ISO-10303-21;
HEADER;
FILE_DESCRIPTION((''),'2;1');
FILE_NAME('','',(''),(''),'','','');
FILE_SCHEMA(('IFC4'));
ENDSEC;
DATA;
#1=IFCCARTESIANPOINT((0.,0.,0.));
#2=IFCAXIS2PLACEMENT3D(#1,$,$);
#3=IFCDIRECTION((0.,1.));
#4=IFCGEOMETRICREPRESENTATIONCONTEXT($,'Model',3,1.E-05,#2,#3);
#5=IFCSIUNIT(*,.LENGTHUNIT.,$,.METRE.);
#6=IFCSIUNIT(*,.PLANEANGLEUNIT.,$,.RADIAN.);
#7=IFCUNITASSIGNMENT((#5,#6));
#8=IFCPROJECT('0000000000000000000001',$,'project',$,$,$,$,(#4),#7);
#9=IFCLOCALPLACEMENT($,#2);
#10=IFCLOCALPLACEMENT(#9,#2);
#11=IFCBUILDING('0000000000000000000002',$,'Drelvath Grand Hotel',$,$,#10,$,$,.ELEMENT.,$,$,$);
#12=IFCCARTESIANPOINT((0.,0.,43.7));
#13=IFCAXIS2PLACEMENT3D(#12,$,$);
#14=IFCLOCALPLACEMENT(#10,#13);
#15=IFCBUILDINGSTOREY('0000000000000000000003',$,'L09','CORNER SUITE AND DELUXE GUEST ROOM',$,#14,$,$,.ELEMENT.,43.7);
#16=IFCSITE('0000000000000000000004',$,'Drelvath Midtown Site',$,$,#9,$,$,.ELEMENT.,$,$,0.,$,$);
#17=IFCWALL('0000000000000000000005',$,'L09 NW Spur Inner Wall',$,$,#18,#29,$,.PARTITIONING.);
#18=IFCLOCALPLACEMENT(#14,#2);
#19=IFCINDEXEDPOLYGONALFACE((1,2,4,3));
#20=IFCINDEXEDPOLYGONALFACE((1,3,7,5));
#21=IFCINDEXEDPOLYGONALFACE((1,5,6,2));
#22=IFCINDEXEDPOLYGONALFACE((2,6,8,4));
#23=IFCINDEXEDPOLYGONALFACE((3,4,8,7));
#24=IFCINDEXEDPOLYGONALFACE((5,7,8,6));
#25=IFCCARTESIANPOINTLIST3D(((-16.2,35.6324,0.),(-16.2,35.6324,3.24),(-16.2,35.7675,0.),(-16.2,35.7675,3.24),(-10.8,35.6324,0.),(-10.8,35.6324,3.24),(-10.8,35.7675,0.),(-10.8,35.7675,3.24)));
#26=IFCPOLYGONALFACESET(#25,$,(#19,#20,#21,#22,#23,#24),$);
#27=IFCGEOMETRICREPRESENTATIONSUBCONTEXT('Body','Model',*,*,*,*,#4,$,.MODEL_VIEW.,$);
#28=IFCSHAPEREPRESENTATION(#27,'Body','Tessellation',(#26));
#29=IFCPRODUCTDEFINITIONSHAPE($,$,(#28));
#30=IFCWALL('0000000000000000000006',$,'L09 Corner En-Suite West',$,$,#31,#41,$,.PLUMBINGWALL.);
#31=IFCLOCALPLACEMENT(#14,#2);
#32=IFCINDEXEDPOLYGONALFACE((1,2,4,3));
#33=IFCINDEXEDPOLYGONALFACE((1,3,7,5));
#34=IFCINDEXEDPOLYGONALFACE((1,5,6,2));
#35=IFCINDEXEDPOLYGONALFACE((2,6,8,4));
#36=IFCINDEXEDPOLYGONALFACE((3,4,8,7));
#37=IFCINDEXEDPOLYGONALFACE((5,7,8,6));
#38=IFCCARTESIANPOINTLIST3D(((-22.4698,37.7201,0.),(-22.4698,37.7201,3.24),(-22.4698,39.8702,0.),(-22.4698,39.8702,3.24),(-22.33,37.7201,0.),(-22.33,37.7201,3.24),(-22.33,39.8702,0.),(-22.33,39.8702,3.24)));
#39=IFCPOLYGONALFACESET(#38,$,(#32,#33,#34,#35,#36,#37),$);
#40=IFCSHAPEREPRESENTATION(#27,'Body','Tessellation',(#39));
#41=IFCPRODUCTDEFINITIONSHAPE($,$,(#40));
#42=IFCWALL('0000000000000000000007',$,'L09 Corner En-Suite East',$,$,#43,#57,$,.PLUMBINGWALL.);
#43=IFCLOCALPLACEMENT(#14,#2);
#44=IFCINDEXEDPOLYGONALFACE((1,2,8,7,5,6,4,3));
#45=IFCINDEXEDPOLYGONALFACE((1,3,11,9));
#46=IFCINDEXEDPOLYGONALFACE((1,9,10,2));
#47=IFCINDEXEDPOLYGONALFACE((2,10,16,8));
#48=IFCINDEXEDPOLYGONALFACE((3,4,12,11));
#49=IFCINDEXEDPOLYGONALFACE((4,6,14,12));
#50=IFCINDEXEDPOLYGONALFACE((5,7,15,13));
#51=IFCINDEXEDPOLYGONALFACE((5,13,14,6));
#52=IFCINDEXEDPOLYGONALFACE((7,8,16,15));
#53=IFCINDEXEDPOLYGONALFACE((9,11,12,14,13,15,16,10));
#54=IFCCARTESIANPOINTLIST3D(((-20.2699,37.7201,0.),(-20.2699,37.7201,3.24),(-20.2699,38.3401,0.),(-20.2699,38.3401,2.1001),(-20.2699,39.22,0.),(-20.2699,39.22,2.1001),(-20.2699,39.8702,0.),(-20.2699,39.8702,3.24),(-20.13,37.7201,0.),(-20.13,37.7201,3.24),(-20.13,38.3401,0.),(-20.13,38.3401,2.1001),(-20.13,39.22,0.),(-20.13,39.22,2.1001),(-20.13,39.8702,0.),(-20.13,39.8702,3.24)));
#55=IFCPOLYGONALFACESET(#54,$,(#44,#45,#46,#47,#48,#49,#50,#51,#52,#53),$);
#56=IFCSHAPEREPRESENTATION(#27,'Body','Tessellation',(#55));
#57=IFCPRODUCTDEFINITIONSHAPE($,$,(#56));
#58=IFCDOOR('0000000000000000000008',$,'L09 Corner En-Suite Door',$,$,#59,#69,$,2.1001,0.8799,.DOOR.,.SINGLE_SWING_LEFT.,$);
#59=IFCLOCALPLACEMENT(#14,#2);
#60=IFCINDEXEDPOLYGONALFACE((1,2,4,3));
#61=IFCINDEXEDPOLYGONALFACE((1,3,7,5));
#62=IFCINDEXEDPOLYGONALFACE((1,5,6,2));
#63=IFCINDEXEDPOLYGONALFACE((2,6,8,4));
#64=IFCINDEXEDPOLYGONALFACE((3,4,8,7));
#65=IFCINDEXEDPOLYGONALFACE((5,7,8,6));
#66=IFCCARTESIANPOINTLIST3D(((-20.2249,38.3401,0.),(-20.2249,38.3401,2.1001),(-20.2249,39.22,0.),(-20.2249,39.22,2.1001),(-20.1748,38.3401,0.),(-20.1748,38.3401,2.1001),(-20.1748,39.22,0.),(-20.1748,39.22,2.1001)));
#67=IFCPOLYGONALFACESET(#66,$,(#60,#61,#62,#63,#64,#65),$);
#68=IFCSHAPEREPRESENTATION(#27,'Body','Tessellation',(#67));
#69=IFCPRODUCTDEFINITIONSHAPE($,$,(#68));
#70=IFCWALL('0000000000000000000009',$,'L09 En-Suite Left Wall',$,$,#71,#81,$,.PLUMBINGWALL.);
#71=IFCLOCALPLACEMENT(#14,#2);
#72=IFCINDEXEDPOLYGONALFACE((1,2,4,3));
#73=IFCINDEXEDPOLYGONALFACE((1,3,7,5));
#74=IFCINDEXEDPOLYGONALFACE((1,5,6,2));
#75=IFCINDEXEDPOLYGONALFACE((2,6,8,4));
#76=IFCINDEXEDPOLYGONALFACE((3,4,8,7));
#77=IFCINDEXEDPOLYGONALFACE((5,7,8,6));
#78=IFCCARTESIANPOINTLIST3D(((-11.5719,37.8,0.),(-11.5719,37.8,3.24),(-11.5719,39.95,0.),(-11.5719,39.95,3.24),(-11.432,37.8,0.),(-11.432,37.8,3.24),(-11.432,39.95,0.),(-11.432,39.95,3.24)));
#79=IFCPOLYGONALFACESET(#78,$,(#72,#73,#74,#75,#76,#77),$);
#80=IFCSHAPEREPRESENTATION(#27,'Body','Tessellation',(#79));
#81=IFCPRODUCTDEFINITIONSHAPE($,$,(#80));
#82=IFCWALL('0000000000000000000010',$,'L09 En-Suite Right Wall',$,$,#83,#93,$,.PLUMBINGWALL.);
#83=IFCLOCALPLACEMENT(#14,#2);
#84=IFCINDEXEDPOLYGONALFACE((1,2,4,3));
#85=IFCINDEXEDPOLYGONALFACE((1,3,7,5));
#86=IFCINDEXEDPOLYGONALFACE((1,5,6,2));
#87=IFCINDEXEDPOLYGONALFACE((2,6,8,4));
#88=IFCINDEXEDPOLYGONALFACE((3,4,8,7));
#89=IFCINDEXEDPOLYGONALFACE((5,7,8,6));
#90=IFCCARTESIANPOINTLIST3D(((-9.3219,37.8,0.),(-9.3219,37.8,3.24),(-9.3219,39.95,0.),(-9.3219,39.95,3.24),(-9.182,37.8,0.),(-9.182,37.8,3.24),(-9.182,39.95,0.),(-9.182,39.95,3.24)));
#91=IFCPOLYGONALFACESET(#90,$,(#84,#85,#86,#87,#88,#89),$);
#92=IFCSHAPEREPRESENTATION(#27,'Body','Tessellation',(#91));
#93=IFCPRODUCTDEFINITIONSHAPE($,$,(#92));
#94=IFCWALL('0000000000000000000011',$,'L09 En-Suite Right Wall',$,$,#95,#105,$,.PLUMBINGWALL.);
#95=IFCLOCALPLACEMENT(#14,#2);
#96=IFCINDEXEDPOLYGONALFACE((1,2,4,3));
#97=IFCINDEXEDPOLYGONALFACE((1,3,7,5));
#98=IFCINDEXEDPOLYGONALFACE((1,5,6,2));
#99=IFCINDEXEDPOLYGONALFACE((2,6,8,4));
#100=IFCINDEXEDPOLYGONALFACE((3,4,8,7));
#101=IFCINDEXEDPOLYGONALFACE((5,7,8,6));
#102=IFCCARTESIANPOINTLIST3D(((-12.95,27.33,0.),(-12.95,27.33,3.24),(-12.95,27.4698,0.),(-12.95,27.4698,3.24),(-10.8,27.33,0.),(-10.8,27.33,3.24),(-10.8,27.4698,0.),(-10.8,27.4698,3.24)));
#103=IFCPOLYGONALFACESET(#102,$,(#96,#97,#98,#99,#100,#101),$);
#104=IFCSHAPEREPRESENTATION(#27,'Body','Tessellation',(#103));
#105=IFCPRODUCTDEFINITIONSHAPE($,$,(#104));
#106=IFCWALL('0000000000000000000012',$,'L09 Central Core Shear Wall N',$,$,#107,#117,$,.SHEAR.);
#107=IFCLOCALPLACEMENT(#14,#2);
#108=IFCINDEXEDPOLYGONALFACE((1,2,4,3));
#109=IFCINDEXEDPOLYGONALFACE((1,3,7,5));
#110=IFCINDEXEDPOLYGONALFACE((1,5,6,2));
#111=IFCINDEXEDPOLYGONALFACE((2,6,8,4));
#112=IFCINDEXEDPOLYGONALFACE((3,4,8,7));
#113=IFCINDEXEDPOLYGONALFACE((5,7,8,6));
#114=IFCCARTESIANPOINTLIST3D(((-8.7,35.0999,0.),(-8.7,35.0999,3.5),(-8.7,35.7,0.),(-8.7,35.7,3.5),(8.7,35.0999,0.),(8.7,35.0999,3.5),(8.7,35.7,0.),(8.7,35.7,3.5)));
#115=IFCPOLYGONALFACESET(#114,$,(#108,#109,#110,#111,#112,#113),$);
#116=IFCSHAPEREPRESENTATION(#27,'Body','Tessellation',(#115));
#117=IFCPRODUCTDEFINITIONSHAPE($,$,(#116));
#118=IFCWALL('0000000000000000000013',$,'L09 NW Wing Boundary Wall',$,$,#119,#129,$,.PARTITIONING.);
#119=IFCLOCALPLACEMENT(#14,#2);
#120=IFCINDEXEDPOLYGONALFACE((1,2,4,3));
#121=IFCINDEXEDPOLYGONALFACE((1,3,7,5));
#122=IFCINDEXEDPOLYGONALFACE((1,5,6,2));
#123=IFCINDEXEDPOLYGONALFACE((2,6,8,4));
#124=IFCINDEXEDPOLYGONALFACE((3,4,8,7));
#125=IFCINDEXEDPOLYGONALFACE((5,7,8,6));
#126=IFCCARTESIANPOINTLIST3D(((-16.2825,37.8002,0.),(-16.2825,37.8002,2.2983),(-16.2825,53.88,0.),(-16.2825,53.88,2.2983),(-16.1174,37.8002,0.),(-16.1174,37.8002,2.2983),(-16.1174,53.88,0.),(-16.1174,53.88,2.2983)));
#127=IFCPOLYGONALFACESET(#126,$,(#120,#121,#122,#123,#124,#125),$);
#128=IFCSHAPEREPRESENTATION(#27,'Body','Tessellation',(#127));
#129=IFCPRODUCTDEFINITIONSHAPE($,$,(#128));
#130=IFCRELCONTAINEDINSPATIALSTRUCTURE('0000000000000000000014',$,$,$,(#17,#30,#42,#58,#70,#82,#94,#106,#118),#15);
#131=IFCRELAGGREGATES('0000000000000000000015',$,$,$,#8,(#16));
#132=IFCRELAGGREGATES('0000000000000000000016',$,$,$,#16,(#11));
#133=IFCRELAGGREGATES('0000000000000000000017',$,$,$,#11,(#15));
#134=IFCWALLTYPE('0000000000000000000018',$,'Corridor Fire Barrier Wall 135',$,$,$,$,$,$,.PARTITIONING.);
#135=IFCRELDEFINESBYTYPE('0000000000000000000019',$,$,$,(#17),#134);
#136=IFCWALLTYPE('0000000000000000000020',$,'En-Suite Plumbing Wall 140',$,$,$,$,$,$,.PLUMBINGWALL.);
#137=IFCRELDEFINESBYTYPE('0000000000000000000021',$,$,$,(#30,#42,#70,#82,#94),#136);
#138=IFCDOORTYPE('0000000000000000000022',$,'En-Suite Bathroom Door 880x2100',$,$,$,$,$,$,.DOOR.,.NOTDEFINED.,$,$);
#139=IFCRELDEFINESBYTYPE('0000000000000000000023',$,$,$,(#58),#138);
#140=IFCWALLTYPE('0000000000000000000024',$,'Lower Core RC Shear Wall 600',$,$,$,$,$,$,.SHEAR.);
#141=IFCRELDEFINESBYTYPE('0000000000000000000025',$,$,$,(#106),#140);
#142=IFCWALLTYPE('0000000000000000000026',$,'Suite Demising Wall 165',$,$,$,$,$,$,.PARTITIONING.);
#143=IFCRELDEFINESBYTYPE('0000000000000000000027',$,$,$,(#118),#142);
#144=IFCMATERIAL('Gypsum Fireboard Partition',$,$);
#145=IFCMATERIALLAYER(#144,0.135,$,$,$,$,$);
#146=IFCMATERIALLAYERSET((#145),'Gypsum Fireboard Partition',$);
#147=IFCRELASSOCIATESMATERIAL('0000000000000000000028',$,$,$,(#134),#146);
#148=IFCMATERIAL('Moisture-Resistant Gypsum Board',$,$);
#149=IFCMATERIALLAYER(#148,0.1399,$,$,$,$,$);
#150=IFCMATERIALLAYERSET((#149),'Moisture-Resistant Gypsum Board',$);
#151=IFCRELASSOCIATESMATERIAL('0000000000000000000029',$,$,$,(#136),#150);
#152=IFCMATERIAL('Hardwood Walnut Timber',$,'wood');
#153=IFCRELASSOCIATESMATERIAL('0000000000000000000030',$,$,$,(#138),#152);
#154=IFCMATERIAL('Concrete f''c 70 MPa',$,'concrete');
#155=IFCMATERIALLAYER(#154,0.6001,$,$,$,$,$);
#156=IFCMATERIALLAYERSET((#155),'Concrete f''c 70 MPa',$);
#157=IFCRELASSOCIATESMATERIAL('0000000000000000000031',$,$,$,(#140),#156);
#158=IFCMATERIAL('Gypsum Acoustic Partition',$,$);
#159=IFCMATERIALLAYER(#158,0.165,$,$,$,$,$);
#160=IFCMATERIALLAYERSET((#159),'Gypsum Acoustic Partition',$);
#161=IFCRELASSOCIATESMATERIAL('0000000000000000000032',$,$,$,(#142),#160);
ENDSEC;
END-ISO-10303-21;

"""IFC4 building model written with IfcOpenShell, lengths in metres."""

from ifc_helpers import new_model, si_unit, direction, frame, frame_2d, origin, place, context, subcontext, project, spatial, rectangle, extrude, material, layer, layer_set, type_object, element, fill, save


model = new_model("IFC4")

# Units and contexts
model_context = context("Model", 3, precision=1e-05, world=origin(), true_north=direction((0.0, 1.0)))
body_context = subcontext(model_context, "Body", "Model", "MODEL_VIEW")
ifc_project = project(units=[si_unit("LENGTHUNIT", "METRE"), si_unit("PLANEANGLEUNIT", "RADIAN")], contexts=[model_context])

# Site, building, storey
site_placement = place(None, origin())
site = spatial("IfcSite", under=ifc_project, at=site_placement, Name="Drelvath Midtown Site", CompositionType="ELEMENT", RefElevation=0.0)
building_placement = place(site_placement, origin())
building = spatial("IfcBuilding", under=site, at=building_placement, Name="Drelvath Grand Hotel", CompositionType="ELEMENT")
storey_placement = place(building_placement, frame((0.0, 0.0, 43.7)))
storey = spatial("IfcBuildingStorey", under=building, at=storey_placement, Name="L09", Description="CORNER SUITE AND DELUXE GUEST ROOM", CompositionType="ELEMENT", Elevation=43.7)

# Shared definitions
ifc_material_1 = material(Name="Gypsum Fireboard Partition")
ifc_layer_1 = layer(ifc_material_1, 0.135)
ifc_layer_set_1 = layer_set([ifc_layer_1], Name="Gypsum Fireboard Partition")
wall_type_1 = type_object("IfcWallType", Name="Corridor Fire Barrier Wall 135", PredefinedType="PARTITIONING", material=ifc_layer_set_1)
ifc_material_2 = material(Name="Hardwood Walnut Timber", Category="wood")

# Wall
wall_1_placement = place(storey_placement, frame((-16.2, 35.7, 0.0), z_axis=(0.0, 0.0, 1.0), x_axis=(1.0, 0.0, 0.0)))
element("IfcWall", 1, at=wall_1_placement, inside=storey, type_object=wall_type_1, Name="L09 NW Spur Inner Wall", PredefinedType="PARTITIONING", context=body_context, shape_type="SweptSolid", body=[
    extrude(rectangle(XDim=5.3999, YDim=0.135, at=frame_2d((2.7, 0.0))), origin(), (0.0, 0.0, 1.0), 3.24),
])

# Wall
ifc_material_3 = material(Name="Moisture-Resistant Gypsum Board")
ifc_layer_2 = layer(ifc_material_3, 0.1399)
ifc_layer_set_2 = layer_set([ifc_layer_2], Name="Moisture-Resistant Gypsum Board")
wall_type_2 = type_object("IfcWallType", Name="En-Suite Plumbing Wall 140", PredefinedType="PLUMBINGWALL", material=ifc_layer_set_2)
wall_2_placement = place(storey_placement, frame((-22.3999, 37.72, 0.0), z_axis=(0.0, 0.0, 1.0), x_axis=(0.0, 1.0, 0.0)))
element("IfcWall", 2, at=wall_2_placement, inside=storey, type_object=wall_type_2, Name="L09 Corner En-Suite West", PredefinedType="PLUMBINGWALL", context=body_context, shape_type="SweptSolid", body=[
    extrude(rectangle(XDim=2.1501, YDim=0.1399, at=frame_2d((1.0752, 0.0))), origin(), (0.0, 0.0, 1.0), 3.24),
])

# Wall, opening, door
wall_3_placement = place(storey_placement, frame((-20.2, 37.72, 0.0), z_axis=(0.0, 0.0, 1.0), x_axis=(0.0, 1.0, 0.0)))
wall_3 = element("IfcWall", 3, at=wall_3_placement, inside=storey, type_object=wall_type_2, Name="L09 Corner En-Suite East", PredefinedType="PLUMBINGWALL", context=body_context, shape_type="SweptSolid", body=[
    extrude(rectangle(XDim=2.1501, YDim=0.1399, at=frame_2d((1.0752, 0.0))), origin(), (0.0, 0.0, 1.0), 3.24),
])
opening_1_placement = place(wall_3_placement, frame((0.6201, 0.0, 0.0)))
opening_1 = element("IfcOpeningElement", 4, at=opening_1_placement, cuts=wall_3, PredefinedType="OPENING", context=body_context, shape_type="SweptSolid", body=[
    extrude(rectangle(XDim=0.8799, YDim=2.1001, at=frame_2d((0.4399, 1.05))), frame((0.0, 0.0798, 0.0), z_axis=(0.0, -1.0, 0.0), x_axis=(1.0, 0.0, 0.0)), (0.0, 0.0, 1.0), 0.1599),
])
door_type_1 = type_object("IfcDoorType", Name="En-Suite Bathroom Door 880x2100", OperationType="NOTDEFINED", PredefinedType="DOOR", material=ifc_material_2)
door_1_placement = place(opening_1_placement, origin())
door_1 = element("IfcDoor", 5, at=door_1_placement, inside=storey, type_object=door_type_1, Name="L09 Corner En-Suite Door", OperationType="SINGLE_SWING_LEFT", OverallHeight=2.1001, OverallWidth=0.8799, PredefinedType="DOOR", context=body_context, shape_type="SweptSolid", body=[
    extrude(rectangle(XDim=0.8799, YDim=2.1001, at=frame_2d((0.4399, 1.05))), frame((0.0, 0.0249, 0.0), z_axis=(0.0, -1.0, 0.0), x_axis=(1.0, 0.0, 0.0)), (0.0, 0.0, 1.0), 0.05),
])
fill(opening_1, door_1)

# Walls
for number, where, z_axis, x_axis, name in (
    (6, (-11.502, 37.8, 0.0), (0.0, 0.0, 1.0), (0.0, 1.0, 0.0), "L09 En-Suite Left Wall"),
    (7, (-9.252, 37.8, 0.0), (0.0, 0.0, 1.0), (0.0, 1.0, 0.0), "L09 En-Suite Right Wall"),
    (8, (-10.8, 27.3999, 0.0), (0.0, 0.0, 1.0), (-1.0, 0.0, 0.0), "L09 En-Suite Right Wall"),
):
    element("IfcWall", number, at=place(storey_placement, frame(where, z_axis=z_axis, x_axis=x_axis)), inside=storey, type_object=wall_type_2, Name=name, PredefinedType="PLUMBINGWALL", context=body_context, shape_type="SweptSolid", body=[
        extrude(rectangle(XDim=2.1499, YDim=0.1399, at=frame_2d((1.075, 0.0))), origin(), (0.0, 0.0, 1.0), 3.24),
    ])
ifc_material_4 = material(Name="Concrete f'c 70 MPa", Category="concrete")
ifc_layer_3 = layer(ifc_material_4, 0.6001)
ifc_layer_set_3 = layer_set([ifc_layer_3], Name="Concrete f'c 70 MPa")
wall_type_3 = type_object("IfcWallType", Name="Lower Core RC Shear Wall 600", PredefinedType="SHEAR", material=ifc_layer_set_3)
wall_4_placement = place(storey_placement, frame((-8.7, 35.3999, 0.0), z_axis=(0.0, 0.0, 1.0), x_axis=(1.0, 0.0, 0.0)))
element("IfcWall", 9, at=wall_4_placement, inside=storey, type_object=wall_type_3, Name="L09 Central Core Shear Wall N", PredefinedType="SHEAR", context=body_context, shape_type="SweptSolid", body=[
    extrude(rectangle(XDim=17.3999, YDim=0.6001, at=frame_2d((8.7, 0.0))), origin(), (0.0, 0.0, 1.0), 3.5),
])
ifc_material_5 = material(Name="Gypsum Acoustic Partition")
ifc_layer_4 = layer(ifc_material_5, 0.165)
ifc_layer_set_4 = layer_set([ifc_layer_4], Name="Gypsum Acoustic Partition")
wall_type_4 = type_object("IfcWallType", Name="Suite Demising Wall 165", PredefinedType="PARTITIONING", material=ifc_layer_set_4)
wall_5_placement = place(storey_placement, frame((-16.2, 37.8, 0.0), z_axis=(0.0, 0.0, 1.0), x_axis=(0.0, 1.0, 0.0)))
element("IfcWall", 10, at=wall_5_placement, inside=storey, type_object=wall_type_4, Name="L09 NW Wing Boundary Wall", PredefinedType="PARTITIONING", context=body_context, shape_type="SweptSolid", body=[
    extrude(rectangle(XDim=16.0798, YDim=0.165, at=frame_2d((8.04, 0.0))), origin(), (0.0, 0.0, 1.0), 2.2983),
])

save(model, "model.ifc")
